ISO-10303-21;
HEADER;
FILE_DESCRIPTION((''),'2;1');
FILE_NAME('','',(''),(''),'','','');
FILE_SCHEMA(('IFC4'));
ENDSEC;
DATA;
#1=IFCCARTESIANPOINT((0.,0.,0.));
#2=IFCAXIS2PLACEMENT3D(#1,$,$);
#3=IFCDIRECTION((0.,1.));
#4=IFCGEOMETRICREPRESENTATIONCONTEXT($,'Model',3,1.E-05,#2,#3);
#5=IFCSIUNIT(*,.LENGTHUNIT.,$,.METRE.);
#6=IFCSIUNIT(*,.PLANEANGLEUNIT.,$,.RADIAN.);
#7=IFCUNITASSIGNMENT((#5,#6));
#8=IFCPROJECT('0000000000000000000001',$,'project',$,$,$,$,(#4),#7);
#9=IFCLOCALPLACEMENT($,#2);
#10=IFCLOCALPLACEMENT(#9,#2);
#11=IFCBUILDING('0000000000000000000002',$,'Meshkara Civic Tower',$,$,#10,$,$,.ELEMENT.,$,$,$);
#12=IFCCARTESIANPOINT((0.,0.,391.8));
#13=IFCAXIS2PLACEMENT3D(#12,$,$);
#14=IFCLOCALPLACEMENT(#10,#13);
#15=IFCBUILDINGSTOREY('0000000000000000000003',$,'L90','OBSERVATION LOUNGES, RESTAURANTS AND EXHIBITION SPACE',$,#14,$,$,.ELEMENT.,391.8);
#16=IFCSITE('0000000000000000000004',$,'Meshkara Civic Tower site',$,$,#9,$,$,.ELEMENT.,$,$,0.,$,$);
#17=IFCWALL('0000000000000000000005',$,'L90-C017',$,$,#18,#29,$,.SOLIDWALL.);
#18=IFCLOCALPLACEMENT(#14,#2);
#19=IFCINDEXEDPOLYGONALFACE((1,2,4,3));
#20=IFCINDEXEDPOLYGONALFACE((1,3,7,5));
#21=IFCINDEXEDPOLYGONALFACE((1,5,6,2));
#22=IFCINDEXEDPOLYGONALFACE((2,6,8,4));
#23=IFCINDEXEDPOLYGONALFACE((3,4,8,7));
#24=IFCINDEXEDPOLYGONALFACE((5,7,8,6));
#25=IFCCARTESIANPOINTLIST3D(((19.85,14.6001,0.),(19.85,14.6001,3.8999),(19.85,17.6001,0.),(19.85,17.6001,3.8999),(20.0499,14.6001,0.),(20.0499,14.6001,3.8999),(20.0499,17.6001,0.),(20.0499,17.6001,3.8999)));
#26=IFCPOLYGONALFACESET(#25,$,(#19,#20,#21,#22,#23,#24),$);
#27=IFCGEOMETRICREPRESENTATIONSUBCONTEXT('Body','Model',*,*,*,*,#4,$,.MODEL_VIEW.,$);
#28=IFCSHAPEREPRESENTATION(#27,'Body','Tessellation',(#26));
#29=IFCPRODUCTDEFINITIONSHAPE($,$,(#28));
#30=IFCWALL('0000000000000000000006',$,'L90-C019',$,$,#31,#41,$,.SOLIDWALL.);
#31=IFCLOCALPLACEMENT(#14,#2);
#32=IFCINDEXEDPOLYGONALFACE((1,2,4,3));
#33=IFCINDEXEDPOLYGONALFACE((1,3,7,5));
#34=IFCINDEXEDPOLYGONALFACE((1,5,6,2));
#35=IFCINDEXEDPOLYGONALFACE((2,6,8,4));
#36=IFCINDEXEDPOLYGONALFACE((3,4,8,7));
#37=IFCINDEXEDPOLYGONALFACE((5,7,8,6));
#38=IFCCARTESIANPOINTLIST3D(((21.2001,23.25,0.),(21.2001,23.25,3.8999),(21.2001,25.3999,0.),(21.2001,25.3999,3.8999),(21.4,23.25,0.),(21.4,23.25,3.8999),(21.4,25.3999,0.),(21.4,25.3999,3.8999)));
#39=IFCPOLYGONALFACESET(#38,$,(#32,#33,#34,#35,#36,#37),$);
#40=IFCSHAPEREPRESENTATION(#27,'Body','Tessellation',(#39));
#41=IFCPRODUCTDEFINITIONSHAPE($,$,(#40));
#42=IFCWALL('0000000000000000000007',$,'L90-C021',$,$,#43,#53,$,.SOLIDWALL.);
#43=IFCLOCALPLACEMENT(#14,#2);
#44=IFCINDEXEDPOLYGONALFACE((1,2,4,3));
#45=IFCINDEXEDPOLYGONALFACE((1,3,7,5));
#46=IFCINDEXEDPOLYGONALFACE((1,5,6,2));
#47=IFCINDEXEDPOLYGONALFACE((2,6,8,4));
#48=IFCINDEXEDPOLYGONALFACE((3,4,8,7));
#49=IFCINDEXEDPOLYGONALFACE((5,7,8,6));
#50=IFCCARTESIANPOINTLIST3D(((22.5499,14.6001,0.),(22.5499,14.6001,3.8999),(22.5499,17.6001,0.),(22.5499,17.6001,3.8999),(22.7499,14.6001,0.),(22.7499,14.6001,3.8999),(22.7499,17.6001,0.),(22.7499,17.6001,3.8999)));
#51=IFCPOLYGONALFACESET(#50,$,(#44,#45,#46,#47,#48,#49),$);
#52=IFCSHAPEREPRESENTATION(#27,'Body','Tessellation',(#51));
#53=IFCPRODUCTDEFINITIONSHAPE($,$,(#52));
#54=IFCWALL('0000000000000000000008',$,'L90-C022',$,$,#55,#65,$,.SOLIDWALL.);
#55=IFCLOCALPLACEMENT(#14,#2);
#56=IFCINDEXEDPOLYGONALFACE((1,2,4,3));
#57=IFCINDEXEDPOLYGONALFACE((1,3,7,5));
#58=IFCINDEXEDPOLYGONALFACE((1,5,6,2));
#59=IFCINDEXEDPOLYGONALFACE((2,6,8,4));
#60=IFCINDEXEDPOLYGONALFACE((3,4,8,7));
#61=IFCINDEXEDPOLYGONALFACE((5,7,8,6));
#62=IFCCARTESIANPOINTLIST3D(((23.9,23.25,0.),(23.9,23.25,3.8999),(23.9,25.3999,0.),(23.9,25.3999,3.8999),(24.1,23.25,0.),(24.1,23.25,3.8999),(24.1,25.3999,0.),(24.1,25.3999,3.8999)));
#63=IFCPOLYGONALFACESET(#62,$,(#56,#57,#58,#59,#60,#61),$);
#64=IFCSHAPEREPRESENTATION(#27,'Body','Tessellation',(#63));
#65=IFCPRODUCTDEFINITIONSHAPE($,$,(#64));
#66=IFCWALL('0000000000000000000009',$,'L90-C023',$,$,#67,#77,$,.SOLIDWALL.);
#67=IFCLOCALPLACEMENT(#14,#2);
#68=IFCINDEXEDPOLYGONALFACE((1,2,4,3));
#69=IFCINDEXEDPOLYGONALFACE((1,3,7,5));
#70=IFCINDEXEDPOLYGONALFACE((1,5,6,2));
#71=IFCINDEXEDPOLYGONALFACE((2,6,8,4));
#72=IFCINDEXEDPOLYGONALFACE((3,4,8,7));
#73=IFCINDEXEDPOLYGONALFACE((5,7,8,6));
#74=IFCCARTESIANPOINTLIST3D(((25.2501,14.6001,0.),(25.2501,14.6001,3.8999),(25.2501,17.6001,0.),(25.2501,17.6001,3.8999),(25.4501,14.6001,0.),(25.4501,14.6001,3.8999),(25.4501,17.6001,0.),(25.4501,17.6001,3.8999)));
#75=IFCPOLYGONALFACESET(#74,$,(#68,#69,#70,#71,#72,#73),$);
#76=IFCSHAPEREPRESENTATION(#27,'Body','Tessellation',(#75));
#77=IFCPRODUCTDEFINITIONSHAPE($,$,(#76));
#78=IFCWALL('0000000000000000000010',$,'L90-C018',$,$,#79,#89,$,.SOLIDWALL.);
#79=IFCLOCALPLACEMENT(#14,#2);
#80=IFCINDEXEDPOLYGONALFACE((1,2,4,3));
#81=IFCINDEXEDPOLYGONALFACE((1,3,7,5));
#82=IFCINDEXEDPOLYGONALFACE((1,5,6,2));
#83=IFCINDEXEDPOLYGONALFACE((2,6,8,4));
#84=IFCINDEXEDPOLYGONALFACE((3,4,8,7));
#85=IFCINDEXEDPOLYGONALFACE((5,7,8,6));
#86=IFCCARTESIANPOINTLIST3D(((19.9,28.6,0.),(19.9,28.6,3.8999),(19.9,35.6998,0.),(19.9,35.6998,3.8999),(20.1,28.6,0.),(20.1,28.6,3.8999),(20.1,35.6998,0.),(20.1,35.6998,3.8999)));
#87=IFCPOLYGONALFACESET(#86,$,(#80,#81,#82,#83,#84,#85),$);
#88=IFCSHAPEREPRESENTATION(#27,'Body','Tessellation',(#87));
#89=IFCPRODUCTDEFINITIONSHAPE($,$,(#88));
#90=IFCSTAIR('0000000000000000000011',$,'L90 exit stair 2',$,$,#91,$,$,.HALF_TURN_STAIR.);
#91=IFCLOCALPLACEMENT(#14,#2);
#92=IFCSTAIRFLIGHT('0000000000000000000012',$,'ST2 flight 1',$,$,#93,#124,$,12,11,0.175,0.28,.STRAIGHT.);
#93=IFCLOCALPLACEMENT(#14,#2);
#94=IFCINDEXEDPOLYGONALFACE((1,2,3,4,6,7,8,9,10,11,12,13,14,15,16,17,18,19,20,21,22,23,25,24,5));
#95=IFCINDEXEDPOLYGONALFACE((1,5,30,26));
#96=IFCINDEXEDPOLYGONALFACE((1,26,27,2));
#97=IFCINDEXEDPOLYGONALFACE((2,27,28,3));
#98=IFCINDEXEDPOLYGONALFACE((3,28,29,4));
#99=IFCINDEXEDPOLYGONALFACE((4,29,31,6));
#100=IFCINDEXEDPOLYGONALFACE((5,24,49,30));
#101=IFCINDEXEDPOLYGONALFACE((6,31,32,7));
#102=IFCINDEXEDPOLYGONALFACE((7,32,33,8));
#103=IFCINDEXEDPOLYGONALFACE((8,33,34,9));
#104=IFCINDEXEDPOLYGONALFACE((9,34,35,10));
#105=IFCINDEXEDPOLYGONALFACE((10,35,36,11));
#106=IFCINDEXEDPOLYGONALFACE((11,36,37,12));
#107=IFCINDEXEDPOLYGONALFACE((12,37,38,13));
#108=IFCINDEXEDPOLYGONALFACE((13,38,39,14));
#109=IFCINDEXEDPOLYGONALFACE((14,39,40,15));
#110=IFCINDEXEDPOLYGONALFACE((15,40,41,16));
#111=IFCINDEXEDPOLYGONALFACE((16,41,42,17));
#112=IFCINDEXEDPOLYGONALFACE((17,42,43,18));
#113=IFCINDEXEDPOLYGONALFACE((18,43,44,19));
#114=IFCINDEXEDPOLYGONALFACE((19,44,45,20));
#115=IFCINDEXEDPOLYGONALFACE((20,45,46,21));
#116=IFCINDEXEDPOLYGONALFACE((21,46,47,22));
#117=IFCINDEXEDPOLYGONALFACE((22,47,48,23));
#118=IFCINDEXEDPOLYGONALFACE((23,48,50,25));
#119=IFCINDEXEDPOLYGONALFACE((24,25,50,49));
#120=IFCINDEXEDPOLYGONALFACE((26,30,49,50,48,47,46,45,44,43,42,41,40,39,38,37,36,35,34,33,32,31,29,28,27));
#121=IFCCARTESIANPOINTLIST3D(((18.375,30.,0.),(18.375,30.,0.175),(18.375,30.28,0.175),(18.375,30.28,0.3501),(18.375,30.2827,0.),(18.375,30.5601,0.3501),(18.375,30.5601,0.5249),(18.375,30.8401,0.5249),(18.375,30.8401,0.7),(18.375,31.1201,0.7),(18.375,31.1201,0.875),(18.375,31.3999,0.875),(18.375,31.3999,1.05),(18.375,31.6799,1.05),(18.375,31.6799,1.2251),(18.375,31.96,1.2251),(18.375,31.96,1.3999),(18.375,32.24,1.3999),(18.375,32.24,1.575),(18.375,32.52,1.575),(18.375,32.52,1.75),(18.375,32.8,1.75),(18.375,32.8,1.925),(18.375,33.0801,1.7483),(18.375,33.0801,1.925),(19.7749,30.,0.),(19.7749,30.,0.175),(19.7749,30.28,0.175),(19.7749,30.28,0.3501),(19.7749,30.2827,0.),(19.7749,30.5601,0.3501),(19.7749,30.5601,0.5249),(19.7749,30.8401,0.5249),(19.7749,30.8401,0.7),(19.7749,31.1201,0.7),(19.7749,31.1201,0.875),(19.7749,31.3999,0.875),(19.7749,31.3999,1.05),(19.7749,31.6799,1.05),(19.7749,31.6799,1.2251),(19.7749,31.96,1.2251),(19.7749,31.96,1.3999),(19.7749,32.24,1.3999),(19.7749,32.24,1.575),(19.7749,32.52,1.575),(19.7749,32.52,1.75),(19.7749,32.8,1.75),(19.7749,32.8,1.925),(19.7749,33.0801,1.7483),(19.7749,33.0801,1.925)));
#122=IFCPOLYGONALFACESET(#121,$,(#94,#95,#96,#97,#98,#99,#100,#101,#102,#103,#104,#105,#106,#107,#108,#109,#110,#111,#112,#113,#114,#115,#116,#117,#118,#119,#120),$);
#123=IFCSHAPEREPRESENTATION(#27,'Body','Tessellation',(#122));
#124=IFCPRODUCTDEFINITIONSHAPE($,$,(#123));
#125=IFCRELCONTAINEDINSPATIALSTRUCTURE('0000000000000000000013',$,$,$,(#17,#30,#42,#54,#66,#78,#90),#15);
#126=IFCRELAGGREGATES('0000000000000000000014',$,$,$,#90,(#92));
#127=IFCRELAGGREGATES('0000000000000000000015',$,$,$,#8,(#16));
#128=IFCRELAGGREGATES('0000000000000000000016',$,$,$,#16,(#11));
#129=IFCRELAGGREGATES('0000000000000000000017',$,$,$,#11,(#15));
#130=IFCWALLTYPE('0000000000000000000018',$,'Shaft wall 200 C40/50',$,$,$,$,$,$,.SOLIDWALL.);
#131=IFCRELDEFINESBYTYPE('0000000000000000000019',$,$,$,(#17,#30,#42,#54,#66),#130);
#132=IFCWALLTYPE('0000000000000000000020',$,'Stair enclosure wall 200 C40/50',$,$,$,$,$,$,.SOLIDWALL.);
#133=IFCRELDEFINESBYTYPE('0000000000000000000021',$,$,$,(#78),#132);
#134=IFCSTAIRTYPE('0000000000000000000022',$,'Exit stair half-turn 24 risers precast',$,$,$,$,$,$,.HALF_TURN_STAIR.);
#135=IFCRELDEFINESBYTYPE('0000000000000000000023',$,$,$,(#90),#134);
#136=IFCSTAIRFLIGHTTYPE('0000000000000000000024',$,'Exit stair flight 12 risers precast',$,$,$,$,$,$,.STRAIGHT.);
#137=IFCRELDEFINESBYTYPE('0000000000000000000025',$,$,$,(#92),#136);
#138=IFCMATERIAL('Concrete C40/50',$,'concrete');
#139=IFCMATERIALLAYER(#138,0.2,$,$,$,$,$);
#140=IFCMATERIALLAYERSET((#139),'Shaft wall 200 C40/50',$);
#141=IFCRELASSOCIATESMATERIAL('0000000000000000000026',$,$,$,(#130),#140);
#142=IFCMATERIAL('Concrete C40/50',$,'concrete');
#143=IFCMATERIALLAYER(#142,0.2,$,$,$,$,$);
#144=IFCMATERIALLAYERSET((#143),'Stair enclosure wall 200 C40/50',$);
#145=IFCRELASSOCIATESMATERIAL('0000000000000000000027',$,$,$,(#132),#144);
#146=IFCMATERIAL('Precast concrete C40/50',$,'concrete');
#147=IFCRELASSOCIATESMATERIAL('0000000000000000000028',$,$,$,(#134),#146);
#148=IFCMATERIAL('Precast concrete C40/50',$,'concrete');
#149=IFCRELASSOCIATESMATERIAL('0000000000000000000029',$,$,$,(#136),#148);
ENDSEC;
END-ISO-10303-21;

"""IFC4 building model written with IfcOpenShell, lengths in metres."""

from ifc_helpers import new_model, si_unit, direction, frame, frame_2d, origin, place, context, subcontext, project, spatial, polyline, rectangle, outline, extrude, material, layer, layer_set, type_object, element, aggregate, save


model = new_model("IFC4")

# Units and contexts
model_context = context("Model", 3, precision=1e-05, world=origin(), true_north=direction((0.0, 1.0)))
body_context = subcontext(model_context, "Body", "Model", "MODEL_VIEW")
ifc_project = project(units=[si_unit("LENGTHUNIT", "METRE"), si_unit("PLANEANGLEUNIT", "RADIAN")], contexts=[model_context])

# Site, building, storey
site_placement = place(None, origin())
site = spatial("IfcSite", under=ifc_project, at=site_placement, Name="Meshkara Civic Tower site", CompositionType="ELEMENT", RefElevation=0.0)
building_placement = place(site_placement, origin())
building = spatial("IfcBuilding", under=site, at=building_placement, Name="Meshkara Civic Tower", CompositionType="ELEMENT")
storey_placement = place(building_placement, frame((0.0, 0.0, 391.8)))
storey = spatial("IfcBuildingStorey", under=building, at=storey_placement, Name="L90", Description="OBSERVATION LOUNGES, RESTAURANTS AND EXHIBITION SPACE", CompositionType="ELEMENT", Elevation=391.8)

# Shared definitions
ifc_material_1 = material(Name="Concrete C40/50", Category="concrete")
ifc_layer_1 = layer(ifc_material_1, 0.2)
ifc_layer_set_1 = layer_set([ifc_layer_1], Name="Shaft wall 200 C40/50")
wall_type_1 = type_object("IfcWallType", Name="Shaft wall 200 C40/50", PredefinedType="SOLIDWALL", material=ifc_layer_set_1)

# Walls
wall_1_placement = place(storey_placement, frame((19.95, 14.6001, 0.0), z_axis=(0.0, 0.0, 1.0), x_axis=(0.0, 1.0, 0.0)))
element("IfcWall", 1, at=wall_1_placement, inside=storey, type_object=wall_type_1, Name="L90-C017", PredefinedType="SOLIDWALL", context=body_context, shape_type="SweptSolid", body=[
    extrude(rectangle(XDim=3.0, YDim=0.2, at=frame_2d((1.5, 0.0))), origin(), (0.0, 0.0, 1.0), 3.8999),
])
wall_2_placement = place(storey_placement, frame((21.3, 23.25, 0.0), z_axis=(0.0, 0.0, 1.0), x_axis=(0.0, 1.0, 0.0)))
element("IfcWall", 2, at=wall_2_placement, inside=storey, type_object=wall_type_1, Name="L90-C019", PredefinedType="SOLIDWALL", context=body_context, shape_type="SweptSolid", body=[
    extrude(rectangle(XDim=2.1499, YDim=0.2, at=frame_2d((1.075, 0.0))), origin(), (0.0, 0.0, 1.0), 3.8999),
])
wall_3_placement = place(storey_placement, frame((22.6499, 14.6001, 0.0), z_axis=(0.0, 0.0, 1.0), x_axis=(0.0, 1.0, 0.0)))
element("IfcWall", 3, at=wall_3_placement, inside=storey, type_object=wall_type_1, Name="L90-C021", PredefinedType="SOLIDWALL", context=body_context, shape_type="SweptSolid", body=[
    extrude(rectangle(XDim=3.0, YDim=0.2, at=frame_2d((1.5, 0.0))), origin(), (0.0, 0.0, 1.0), 3.8999),
])
wall_4_placement = place(storey_placement, frame((24.0, 23.25, 0.0), z_axis=(0.0, 0.0, 1.0), x_axis=(0.0, 1.0, 0.0)))
element("IfcWall", 4, at=wall_4_placement, inside=storey, type_object=wall_type_1, Name="L90-C022", PredefinedType="SOLIDWALL", context=body_context, shape_type="SweptSolid", body=[
    extrude(rectangle(XDim=2.1499, YDim=0.2, at=frame_2d((1.075, 0.0))), origin(), (0.0, 0.0, 1.0), 3.8999),
])
wall_5_placement = place(storey_placement, frame((25.3501, 14.6001, 0.0), z_axis=(0.0, 0.0, 1.0), x_axis=(0.0, 1.0, 0.0)))
element("IfcWall", 5, at=wall_5_placement, inside=storey, type_object=wall_type_1, Name="L90-C023", PredefinedType="SOLIDWALL", context=body_context, shape_type="SweptSolid", body=[
    extrude(rectangle(XDim=3.0, YDim=0.2, at=frame_2d((1.5, 0.0))), origin(), (0.0, 0.0, 1.0), 3.8999),
])
ifc_material_2 = material(Name="Concrete C40/50", Category="concrete")
ifc_layer_2 = layer(ifc_material_2, 0.2)
ifc_layer_set_2 = layer_set([ifc_layer_2], Name="Stair enclosure wall 200 C40/50")
wall_type_2 = type_object("IfcWallType", Name="Stair enclosure wall 200 C40/50", PredefinedType="SOLIDWALL", material=ifc_layer_set_2)
wall_6_placement = place(storey_placement, frame((20.0, 28.6001, 0.0), z_axis=(0.0, 0.0, 1.0), x_axis=(0.0, 1.0, 0.0)))
element("IfcWall", 6, at=wall_6_placement, inside=storey, type_object=wall_type_2, Name="L90-C018", PredefinedType="SOLIDWALL", context=body_context, shape_type="SweptSolid", body=[
    extrude(rectangle(XDim=7.0999, YDim=0.2, at=frame_2d((3.5498, 0.0))), origin(), (0.0, 0.0, 1.0), 3.8999),
])

# Stair, stair flight
ifc_material_3 = material(Name="Precast concrete C40/50", Category="concrete")
stair_type = type_object("IfcStairType", Name="Exit stair half-turn 24 risers precast", PredefinedType="HALF_TURN_STAIR", material=ifc_material_3)
stair_placement = place(storey_placement, origin())
stair = element("IfcStair", 7, at=stair_placement, inside=storey, type_object=stair_type, Name="L90 exit stair 2", PredefinedType="HALF_TURN_STAIR")
ifc_material_4 = material(Name="Precast concrete C40/50", Category="concrete")
stair_flight_type = type_object("IfcStairFlightType", Name="Exit stair flight 12 risers precast", PredefinedType="STRAIGHT", material=ifc_material_4)
stair_flight_placement = place(storey_placement, frame((19.075, 30.0, 0.0), z_axis=(0.0, 0.0, 1.0), x_axis=(0.0, 1.0, 0.0)))
stair_flight = element("IfcStairFlight", 8, at=stair_flight_placement, type_object=stair_flight_type, Name="ST2 flight 1", NumberOfRisers=12, NumberOfTreads=11, PredefinedType="STRAIGHT", RiserHeight=0.175, TreadLength=0.28, context=body_context, shape_type="SweptSolid", body=[
    extrude(outline(polyline([(0.0, 0.0), (0.0, 0.175), (0.28, 0.175), (0.28, 0.3501), (0.5601, 0.3501), (0.5601, 0.5249), (0.8401, 0.5249), (0.8401, 0.7), (1.1201, 0.7), (1.1201, 0.875), (1.3999, 0.875), (1.3999, 1.05), (1.6799, 1.05), (1.6799, 1.2251), (1.96, 1.2251), (1.96, 1.3999), (2.24, 1.3999), (2.24, 1.575), (2.52, 1.575), (2.52, 1.75), (2.8, 1.75), (2.8, 1.925), (3.0801, 1.925), (3.0801, 2.1001), (3.0801, 1.7483), (0.2827, 0.0), (0.0, 0.0)])), frame((0.0, 0.7, 0.0), z_axis=(0.0, -1.0, 0.0), x_axis=(1.0, 0.0, 0.0)), (0.0, 0.0, 1.0), 1.3999),
])
aggregate(stair, [stair_flight])

save(model, "model.ifc")
